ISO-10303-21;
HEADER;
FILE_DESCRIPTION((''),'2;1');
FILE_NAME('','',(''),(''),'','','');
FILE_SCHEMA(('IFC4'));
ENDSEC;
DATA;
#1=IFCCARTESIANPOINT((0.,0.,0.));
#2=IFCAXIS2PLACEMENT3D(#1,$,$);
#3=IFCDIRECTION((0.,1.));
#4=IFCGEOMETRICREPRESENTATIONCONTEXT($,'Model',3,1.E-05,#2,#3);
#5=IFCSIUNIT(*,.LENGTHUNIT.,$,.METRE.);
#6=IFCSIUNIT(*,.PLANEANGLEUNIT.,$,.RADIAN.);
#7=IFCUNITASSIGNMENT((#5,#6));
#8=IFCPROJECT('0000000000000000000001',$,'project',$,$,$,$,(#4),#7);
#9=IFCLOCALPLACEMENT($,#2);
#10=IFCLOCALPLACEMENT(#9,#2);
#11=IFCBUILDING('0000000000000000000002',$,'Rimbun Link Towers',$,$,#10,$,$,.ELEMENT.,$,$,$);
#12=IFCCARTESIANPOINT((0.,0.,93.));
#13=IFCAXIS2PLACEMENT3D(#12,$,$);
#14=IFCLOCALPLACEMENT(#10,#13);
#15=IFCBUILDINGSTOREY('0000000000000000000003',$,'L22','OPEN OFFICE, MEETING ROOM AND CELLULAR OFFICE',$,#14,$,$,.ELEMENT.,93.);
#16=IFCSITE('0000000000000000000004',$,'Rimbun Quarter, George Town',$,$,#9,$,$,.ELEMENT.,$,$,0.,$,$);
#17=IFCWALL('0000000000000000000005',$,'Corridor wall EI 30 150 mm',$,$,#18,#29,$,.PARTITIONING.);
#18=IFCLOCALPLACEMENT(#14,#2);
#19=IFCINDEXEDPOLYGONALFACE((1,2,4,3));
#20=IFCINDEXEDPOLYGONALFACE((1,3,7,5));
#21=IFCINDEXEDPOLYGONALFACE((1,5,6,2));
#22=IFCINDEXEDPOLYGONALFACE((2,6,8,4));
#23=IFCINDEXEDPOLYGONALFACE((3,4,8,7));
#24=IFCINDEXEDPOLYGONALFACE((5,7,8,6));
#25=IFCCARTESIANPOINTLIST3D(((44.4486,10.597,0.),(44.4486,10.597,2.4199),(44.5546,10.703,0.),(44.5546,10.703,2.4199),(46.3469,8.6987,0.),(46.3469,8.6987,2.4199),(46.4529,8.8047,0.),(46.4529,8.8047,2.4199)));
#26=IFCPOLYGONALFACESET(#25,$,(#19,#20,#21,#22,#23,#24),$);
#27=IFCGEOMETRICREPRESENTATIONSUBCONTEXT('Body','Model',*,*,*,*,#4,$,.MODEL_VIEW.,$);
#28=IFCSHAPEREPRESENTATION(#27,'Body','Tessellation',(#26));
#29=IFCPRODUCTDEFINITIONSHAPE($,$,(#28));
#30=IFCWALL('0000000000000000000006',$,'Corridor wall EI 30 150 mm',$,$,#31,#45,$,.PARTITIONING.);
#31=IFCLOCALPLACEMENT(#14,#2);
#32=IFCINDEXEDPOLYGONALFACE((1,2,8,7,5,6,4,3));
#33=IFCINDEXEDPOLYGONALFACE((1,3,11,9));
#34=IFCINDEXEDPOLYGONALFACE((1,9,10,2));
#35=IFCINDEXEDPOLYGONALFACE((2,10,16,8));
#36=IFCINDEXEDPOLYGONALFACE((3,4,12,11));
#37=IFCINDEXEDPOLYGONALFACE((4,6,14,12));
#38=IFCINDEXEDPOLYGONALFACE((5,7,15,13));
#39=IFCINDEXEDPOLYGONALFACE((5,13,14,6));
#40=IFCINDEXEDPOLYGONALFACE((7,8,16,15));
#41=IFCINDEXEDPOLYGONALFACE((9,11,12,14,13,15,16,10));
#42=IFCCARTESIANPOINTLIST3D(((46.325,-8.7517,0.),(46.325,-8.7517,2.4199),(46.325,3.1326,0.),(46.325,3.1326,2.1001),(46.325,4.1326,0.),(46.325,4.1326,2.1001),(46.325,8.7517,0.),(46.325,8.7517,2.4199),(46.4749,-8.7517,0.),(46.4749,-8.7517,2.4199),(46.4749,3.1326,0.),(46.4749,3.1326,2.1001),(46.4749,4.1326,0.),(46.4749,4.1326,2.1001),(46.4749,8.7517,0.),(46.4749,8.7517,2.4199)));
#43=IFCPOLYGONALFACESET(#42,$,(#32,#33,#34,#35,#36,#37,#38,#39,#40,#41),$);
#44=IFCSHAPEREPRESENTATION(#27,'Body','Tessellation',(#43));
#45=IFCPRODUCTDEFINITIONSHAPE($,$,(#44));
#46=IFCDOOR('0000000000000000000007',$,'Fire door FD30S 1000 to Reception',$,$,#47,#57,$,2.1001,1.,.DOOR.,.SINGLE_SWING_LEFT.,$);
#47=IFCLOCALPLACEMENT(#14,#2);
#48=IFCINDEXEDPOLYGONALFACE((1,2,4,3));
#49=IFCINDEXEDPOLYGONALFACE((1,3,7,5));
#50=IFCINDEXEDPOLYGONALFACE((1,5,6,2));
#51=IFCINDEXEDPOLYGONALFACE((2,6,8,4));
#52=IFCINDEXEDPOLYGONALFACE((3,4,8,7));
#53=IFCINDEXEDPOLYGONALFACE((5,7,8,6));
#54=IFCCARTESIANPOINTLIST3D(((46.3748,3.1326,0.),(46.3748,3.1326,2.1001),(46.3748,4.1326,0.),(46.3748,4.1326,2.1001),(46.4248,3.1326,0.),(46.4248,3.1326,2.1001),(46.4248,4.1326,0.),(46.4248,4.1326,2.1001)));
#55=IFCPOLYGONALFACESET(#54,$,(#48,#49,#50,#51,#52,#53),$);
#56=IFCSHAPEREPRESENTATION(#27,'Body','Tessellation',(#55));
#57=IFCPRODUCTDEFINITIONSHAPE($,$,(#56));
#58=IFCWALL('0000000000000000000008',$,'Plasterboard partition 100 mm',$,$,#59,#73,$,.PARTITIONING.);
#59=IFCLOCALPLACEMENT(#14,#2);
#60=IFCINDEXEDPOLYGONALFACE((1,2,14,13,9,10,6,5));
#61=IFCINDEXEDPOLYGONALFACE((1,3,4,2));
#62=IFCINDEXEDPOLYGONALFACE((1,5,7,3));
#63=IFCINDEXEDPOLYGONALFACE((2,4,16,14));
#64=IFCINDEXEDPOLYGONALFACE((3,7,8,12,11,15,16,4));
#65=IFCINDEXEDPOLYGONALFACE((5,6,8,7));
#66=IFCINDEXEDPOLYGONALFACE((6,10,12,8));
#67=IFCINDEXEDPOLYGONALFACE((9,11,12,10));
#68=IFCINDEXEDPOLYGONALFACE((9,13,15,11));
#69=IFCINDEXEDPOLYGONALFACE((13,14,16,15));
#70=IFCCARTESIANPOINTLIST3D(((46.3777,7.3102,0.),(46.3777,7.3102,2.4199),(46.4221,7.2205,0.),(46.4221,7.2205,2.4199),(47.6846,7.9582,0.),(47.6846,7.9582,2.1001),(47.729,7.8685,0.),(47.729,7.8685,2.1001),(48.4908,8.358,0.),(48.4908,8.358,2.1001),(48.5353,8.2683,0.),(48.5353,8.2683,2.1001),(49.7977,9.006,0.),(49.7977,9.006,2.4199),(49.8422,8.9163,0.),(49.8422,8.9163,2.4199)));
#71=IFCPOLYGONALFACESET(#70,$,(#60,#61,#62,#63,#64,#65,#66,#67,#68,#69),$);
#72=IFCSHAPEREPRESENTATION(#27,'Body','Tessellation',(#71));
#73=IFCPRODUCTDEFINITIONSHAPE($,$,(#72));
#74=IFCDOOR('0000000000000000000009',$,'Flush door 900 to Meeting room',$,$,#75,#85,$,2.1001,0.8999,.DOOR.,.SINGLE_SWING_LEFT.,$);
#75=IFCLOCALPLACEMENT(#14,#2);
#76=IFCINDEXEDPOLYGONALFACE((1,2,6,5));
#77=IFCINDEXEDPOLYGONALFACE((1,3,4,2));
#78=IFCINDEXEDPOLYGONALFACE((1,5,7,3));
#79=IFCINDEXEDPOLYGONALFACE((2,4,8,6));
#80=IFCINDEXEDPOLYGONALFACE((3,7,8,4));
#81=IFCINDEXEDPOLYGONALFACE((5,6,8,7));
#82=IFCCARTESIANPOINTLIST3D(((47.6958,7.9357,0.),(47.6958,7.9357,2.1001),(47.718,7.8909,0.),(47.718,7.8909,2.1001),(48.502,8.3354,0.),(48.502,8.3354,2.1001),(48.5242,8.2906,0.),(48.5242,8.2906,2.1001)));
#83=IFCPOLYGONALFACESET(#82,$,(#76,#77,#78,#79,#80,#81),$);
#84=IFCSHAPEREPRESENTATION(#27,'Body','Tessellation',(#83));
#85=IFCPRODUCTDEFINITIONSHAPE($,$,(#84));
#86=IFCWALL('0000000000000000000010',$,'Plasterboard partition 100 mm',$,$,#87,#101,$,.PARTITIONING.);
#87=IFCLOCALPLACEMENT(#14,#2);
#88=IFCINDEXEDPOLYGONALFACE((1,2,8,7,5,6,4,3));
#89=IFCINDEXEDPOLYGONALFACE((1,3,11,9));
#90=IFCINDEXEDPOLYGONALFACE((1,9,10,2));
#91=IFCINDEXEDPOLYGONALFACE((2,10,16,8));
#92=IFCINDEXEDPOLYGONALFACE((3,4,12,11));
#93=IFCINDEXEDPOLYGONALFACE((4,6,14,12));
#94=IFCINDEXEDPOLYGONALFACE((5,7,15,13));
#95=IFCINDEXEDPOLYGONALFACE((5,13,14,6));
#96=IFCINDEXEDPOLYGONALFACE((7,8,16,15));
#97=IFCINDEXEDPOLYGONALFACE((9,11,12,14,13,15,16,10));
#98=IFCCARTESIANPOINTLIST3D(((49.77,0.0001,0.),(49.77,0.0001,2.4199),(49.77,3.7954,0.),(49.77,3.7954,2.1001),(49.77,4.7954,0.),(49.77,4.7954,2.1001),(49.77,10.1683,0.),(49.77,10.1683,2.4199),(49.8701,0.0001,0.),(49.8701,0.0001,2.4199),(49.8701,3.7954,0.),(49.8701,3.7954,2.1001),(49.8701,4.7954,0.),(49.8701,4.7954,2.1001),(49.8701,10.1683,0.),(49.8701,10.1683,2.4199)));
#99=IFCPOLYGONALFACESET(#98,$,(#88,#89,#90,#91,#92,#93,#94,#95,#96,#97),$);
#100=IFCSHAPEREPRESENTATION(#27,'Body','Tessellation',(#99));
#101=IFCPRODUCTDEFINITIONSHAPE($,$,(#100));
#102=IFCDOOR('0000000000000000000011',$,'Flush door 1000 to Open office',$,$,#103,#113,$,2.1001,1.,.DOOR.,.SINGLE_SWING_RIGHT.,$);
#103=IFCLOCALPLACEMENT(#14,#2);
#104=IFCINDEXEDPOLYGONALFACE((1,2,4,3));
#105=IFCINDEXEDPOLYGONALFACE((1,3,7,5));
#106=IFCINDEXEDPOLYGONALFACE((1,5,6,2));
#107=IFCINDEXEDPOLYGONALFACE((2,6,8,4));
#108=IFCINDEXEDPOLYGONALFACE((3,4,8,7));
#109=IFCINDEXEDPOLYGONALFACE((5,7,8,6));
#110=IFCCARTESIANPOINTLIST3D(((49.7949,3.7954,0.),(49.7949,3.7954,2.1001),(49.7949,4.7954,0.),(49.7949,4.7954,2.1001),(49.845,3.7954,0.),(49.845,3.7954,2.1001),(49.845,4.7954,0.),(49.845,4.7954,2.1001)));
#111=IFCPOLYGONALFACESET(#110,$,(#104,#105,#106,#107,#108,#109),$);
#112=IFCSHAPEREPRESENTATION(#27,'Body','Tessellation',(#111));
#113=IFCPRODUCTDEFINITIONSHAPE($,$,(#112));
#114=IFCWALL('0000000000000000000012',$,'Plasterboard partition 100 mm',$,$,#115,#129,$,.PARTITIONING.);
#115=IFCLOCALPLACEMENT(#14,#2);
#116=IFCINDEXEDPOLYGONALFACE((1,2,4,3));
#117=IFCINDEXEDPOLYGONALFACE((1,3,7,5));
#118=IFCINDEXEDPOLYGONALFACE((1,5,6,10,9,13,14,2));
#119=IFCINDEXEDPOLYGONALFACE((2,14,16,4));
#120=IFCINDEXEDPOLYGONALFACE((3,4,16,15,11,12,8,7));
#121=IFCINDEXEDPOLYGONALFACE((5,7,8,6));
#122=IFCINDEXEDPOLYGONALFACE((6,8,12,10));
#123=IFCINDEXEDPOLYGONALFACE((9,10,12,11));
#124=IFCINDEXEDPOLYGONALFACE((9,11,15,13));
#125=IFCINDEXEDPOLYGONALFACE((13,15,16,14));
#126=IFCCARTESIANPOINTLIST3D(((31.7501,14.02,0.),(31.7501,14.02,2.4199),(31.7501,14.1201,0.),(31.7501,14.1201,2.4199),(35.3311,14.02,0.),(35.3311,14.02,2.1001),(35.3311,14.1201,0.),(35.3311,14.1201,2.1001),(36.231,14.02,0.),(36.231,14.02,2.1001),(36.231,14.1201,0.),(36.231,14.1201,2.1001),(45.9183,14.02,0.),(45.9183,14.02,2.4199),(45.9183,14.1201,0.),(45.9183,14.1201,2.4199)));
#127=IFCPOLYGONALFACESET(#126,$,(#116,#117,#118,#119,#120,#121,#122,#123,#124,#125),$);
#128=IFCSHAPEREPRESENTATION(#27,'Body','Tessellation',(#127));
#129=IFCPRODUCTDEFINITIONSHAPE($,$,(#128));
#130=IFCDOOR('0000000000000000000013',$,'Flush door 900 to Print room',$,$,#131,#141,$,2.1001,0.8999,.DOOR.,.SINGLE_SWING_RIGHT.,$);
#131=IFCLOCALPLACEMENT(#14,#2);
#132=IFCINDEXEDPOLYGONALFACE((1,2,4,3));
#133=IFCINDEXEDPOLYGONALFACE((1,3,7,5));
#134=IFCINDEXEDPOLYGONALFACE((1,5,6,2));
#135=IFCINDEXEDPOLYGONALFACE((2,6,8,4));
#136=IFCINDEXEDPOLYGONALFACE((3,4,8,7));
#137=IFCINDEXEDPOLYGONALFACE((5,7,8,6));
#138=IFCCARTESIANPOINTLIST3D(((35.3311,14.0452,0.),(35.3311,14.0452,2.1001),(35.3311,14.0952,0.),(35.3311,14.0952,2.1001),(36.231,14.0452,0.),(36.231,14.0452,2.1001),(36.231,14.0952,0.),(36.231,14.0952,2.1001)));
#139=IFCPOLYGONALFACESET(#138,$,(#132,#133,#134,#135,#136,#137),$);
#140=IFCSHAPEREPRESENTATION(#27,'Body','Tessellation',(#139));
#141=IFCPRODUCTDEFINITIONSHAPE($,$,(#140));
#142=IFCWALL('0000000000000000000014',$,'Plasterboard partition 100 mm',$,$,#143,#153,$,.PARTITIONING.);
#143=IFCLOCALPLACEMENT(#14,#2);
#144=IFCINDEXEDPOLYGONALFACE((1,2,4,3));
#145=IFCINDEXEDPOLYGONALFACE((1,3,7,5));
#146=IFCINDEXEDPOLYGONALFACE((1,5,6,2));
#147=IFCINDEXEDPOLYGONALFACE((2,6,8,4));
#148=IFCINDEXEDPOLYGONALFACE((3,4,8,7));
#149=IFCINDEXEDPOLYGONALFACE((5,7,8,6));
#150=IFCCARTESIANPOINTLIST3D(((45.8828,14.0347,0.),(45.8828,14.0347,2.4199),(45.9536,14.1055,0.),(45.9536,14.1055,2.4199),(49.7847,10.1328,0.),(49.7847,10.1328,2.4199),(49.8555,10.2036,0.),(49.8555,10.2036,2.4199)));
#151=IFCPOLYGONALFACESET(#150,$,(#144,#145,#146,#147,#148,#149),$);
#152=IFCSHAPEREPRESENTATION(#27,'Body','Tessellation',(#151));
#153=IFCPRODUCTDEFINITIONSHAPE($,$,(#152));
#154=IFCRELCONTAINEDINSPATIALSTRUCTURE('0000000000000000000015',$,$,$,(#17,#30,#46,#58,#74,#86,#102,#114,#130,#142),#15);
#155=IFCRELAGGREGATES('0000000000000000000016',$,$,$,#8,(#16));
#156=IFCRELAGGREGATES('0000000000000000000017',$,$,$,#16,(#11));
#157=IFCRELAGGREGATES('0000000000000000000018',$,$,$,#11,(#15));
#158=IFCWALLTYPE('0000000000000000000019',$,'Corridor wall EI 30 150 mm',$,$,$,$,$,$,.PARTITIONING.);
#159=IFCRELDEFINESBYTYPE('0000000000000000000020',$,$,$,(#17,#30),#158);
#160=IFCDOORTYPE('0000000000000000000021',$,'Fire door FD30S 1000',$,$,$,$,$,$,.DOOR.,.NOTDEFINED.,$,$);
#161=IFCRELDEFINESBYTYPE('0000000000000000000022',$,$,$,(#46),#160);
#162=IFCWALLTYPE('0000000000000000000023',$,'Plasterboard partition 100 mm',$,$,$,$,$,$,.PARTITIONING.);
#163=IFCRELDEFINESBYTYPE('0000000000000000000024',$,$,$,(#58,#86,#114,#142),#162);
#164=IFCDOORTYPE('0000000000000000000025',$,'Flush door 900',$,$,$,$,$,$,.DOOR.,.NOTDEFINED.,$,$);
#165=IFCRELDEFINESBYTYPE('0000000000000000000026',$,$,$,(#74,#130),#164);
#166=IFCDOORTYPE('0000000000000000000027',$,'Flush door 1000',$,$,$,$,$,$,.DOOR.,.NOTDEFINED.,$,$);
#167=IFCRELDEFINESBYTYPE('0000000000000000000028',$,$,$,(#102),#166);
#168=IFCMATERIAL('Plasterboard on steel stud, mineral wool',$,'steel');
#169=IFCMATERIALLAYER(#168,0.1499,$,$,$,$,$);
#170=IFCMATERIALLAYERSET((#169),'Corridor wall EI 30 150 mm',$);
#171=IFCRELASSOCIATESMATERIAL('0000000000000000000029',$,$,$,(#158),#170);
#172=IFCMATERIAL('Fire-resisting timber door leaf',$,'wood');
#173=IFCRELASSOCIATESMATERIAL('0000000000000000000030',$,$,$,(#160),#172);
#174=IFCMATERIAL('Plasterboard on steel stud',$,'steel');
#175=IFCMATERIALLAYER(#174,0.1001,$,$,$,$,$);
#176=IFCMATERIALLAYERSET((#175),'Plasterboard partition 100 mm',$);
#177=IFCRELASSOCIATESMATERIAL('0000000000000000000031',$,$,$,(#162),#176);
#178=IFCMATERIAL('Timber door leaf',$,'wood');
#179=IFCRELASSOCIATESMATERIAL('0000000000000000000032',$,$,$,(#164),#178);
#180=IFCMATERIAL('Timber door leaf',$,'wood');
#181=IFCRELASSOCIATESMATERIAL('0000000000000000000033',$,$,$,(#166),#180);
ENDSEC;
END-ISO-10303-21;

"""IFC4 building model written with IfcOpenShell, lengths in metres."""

from ifc_helpers import new_model, si_unit, direction, frame, frame_2d, origin, place, context, subcontext, project, spatial, rectangle, extrude, material, layer, layer_set, type_object, element, fill, save


model = new_model("IFC4")

# Units and contexts
model_context = context("Model", 3, precision=1e-05, world=origin(), true_north=direction((0.0, 1.0)))
body_context = subcontext(model_context, "Body", "Model", "MODEL_VIEW")
ifc_project = project(units=[si_unit("LENGTHUNIT", "METRE"), si_unit("PLANEANGLEUNIT", "RADIAN")], contexts=[model_context])

# Site, building, storey
site_placement = place(None, origin())
site = spatial("IfcSite", under=ifc_project, at=site_placement, Name="Rimbun Quarter, George Town", CompositionType="ELEMENT", RefElevation=0.0)
building_placement = place(site_placement, origin())
building = spatial("IfcBuilding", under=site, at=building_placement, Name="Rimbun Link Towers", CompositionType="ELEMENT")
storey_placement = place(building_placement, frame((0.0, 0.0, 93.0)))
storey = spatial("IfcBuildingStorey", under=building, at=storey_placement, Name="L22", Description="OPEN OFFICE, MEETING ROOM AND CELLULAR OFFICE", CompositionType="ELEMENT", Elevation=93.0)

# Wall
ifc_material_1 = material(Name="Plasterboard on steel stud, mineral wool", Category="steel")
ifc_layer_1 = layer(ifc_material_1, 0.1499)
ifc_layer_set_1 = layer_set([ifc_layer_1], Name="Corridor wall EI 30 150 mm")
wall_type_1 = type_object("IfcWallType", Name="Corridor wall EI 30 150 mm", PredefinedType="PARTITIONING", material=ifc_layer_set_1)
wall_1_placement = place(storey_placement, frame((46.3999, 8.7517, 0.0), z_axis=(0.0, 0.0, 1.0), x_axis=(-0.707107, 0.707107, 0.0)))
element("IfcWall", 1, at=wall_1_placement, inside=storey, type_object=wall_type_1, Name="Corridor wall EI 30 150 mm", PredefinedType="PARTITIONING", context=body_context, shape_type="SweptSolid", body=[
    extrude(rectangle(XDim=2.6846, YDim=0.1499, at=frame_2d((1.3423, 0.0))), origin(), (0.0, 0.0, 1.0), 2.4199),
])

# Walls, openings, doors
wall_2_placement = place(storey_placement, frame((46.3999, 8.7517, 0.0), z_axis=(0.0, 0.0, 1.0), x_axis=(0.0, -1.0, 0.0)))
wall_2 = element("IfcWall", 2, at=wall_2_placement, inside=storey, type_object=wall_type_1, Name="Corridor wall EI 30 150 mm", PredefinedType="PARTITIONING", context=body_context, shape_type="SweptSolid", body=[
    extrude(rectangle(XDim=17.5034, YDim=0.1499, at=frame_2d((8.7517, 0.0))), origin(), (0.0, 0.0, 1.0), 2.4199),
])
opening_1_placement = place(wall_2_placement, frame((4.6191, 0.0, 0.0)))
opening_1 = element("IfcOpeningElement", 3, at=opening_1_placement, cuts=wall_2, PredefinedType="OPENING", context=body_context, shape_type="SweptSolid", body=[
    extrude(rectangle(XDim=1.0, YDim=2.1001, at=frame_2d((0.5, 1.05))), frame((0.0, 0.085, 0.0), z_axis=(0.0, -1.0, 0.0), x_axis=(1.0, 0.0, 0.0)), (0.0, 0.0, 1.0), 0.1699),
])
ifc_material_2 = material(Name="Fire-resisting timber door leaf", Category="wood")
door_type_1 = type_object("IfcDoorType", Name="Fire door FD30S 1000", OperationType="NOTDEFINED", PredefinedType="DOOR", material=ifc_material_2)
door_1_placement = place(opening_1_placement, origin())
door_1 = element("IfcDoor", 4, at=door_1_placement, inside=storey, type_object=door_type_1, Name="Fire door FD30S 1000 to Reception", OperationType="SINGLE_SWING_LEFT", OverallHeight=2.1001, OverallWidth=1.0, PredefinedType="DOOR", context=body_context, shape_type="SweptSolid", body=[
    extrude(rectangle(XDim=1.0, YDim=2.1001, at=frame_2d((0.5, 1.05))), frame((0.0, 0.0249, 0.0), z_axis=(0.0, -1.0, 0.0), x_axis=(1.0, 0.0, 0.0)), (0.0, 0.0, 1.0), 0.05),
])
fill(opening_1, door_1)
ifc_material_3 = material(Name="Plasterboard on steel stud", Category="steel")
ifc_layer_2 = layer(ifc_material_3, 0.1001)
ifc_layer_set_2 = layer_set([ifc_layer_2], Name="Plasterboard partition 100 mm")
wall_type_2 = type_object("IfcWallType", Name="Plasterboard partition 100 mm", PredefinedType="PARTITIONING", material=ifc_layer_set_2)
wall_3_placement = place(storey_placement, frame((46.3999, 7.2654, 0.0), z_axis=(0.0, 0.0, 1.0), x_axis=(0.895919, 0.444218, 0.0)))
wall_3 = element("IfcWall", 5, at=wall_3_placement, inside=storey, type_object=wall_type_2, Name="Plasterboard partition 100 mm", PredefinedType="PARTITIONING", context=body_context, shape_type="SweptSolid", body=[
    extrude(rectangle(XDim=3.8174, YDim=0.1001, at=frame_2d((1.9087, 0.0))), origin(), (0.0, 0.0, 1.0), 2.4199),
])
opening_2_placement = place(wall_3_placement, frame((1.4587, 0.0, 0.0)))
opening_2 = element("IfcOpeningElement", 6, at=opening_2_placement, cuts=wall_3, PredefinedType="OPENING", context=body_context, shape_type="SweptSolid", body=[
    extrude(rectangle(XDim=0.8999, YDim=2.1001, at=frame_2d((0.45, 1.05))), frame((0.0, 0.0601, 0.0), z_axis=(0.0, -1.0, 0.0), x_axis=(1.0, 0.0, 0.0)), (0.0, 0.0, 1.0), 0.1201),
])
ifc_material_4 = material(Name="Timber door leaf", Category="wood")
door_type_2 = type_object("IfcDoorType", Name="Flush door 900", OperationType="NOTDEFINED", PredefinedType="DOOR", material=ifc_material_4)
door_2_placement = place(opening_2_placement, origin())
door_2 = element("IfcDoor", 7, at=door_2_placement, inside=storey, type_object=door_type_2, Name="Flush door 900 to Meeting room", OperationType="SINGLE_SWING_LEFT", OverallHeight=2.1001, OverallWidth=0.8999, PredefinedType="DOOR", context=body_context, shape_type="SweptSolid", body=[
    extrude(rectangle(XDim=0.8999, YDim=2.1001, at=frame_2d((0.45, 1.05))), frame((0.0, 0.0249, 0.0), z_axis=(0.0, -1.0, 0.0), x_axis=(1.0, 0.0, 0.0)), (0.0, 0.0, 1.0), 0.05),
])
fill(opening_2, door_2)
wall_4_placement = place(storey_placement, frame((49.8201, 10.1682, 0.0), z_axis=(0.0, 0.0, 1.0), x_axis=(0.0, -1.0, 0.0)))
wall_4 = element("IfcWall", 8, at=wall_4_placement, inside=storey, type_object=wall_type_2, Name="Plasterboard partition 100 mm", PredefinedType="PARTITIONING", context=body_context, shape_type="SweptSolid", body=[
    extrude(rectangle(XDim=10.1682, YDim=0.1001, at=frame_2d((5.084, 0.0))), origin(), (0.0, 0.0, 1.0), 2.4199),
])
opening_3_placement = place(wall_4_placement, frame((5.3728, 0.0, 0.0)))
opening_3 = element("IfcOpeningElement", 9, at=opening_3_placement, cuts=wall_4, PredefinedType="OPENING", context=body_context, shape_type="SweptSolid", body=[
    extrude(rectangle(XDim=1.0, YDim=2.1001, at=frame_2d((0.5, 1.05))), frame((0.0, 0.0601, 0.0), z_axis=(0.0, -1.0, 0.0), x_axis=(1.0, 0.0, 0.0)), (0.0, 0.0, 1.0), 0.1201),
])
ifc_material_5 = material(Name="Timber door leaf", Category="wood")
door_type_3 = type_object("IfcDoorType", Name="Flush door 1000", OperationType="NOTDEFINED", PredefinedType="DOOR", material=ifc_material_5)
door_3_placement = place(opening_3_placement, origin())
door_3 = element("IfcDoor", 10, at=door_3_placement, inside=storey, type_object=door_type_3, Name="Flush door 1000 to Open office", OperationType="SINGLE_SWING_RIGHT", OverallHeight=2.1001, OverallWidth=1.0, PredefinedType="DOOR", context=body_context, shape_type="SweptSolid", body=[
    extrude(rectangle(XDim=1.0, YDim=2.1001, at=frame_2d((0.5, 1.05))), frame((0.0, 0.0249, 0.0), z_axis=(0.0, -1.0, 0.0), x_axis=(1.0, 0.0, 0.0)), (0.0, 0.0, 1.0), 0.05),
])
fill(opening_3, door_3)
wall_5_placement = place(storey_placement, frame((45.9182, 14.0701, 0.0), z_axis=(0.0, 0.0, 1.0), x_axis=(-1.0, 0.0, 0.0)))
wall_5 = element("IfcWall", 11, at=wall_5_placement, inside=storey, type_object=wall_type_2, Name="Plasterboard partition 100 mm", PredefinedType="PARTITIONING", context=body_context, shape_type="SweptSolid", body=[
    extrude(rectangle(XDim=14.1682, YDim=0.1001, at=frame_2d((7.084, 0.0))), origin(), (0.0, 0.0, 1.0), 2.4199),
])
opening_4_placement = place(wall_5_placement, frame((9.6873, 0.0, 0.0)))
opening_4 = element("IfcOpeningElement", 12, at=opening_4_placement, cuts=wall_5, PredefinedType="OPENING", context=body_context, shape_type="SweptSolid", body=[
    extrude(rectangle(XDim=0.8999, YDim=2.1001, at=frame_2d((0.45, 1.05))), frame((0.0, 0.0601, 0.0), z_axis=(0.0, -1.0, 0.0), x_axis=(1.0, 0.0, 0.0)), (0.0, 0.0, 1.0), 0.1201),
])
door_4_placement = place(opening_4_placement, origin())
door_4 = element("IfcDoor", 13, at=door_4_placement, inside=storey, type_object=door_type_2, Name="Flush door 900 to Print room", OperationType="SINGLE_SWING_RIGHT", OverallHeight=2.1001, OverallWidth=0.8999, PredefinedType="DOOR", context=body_context, shape_type="SweptSolid", body=[
    extrude(rectangle(XDim=0.8999, YDim=2.1001, at=frame_2d((0.45, 1.05))), frame((0.0, 0.0249, 0.0), z_axis=(0.0, -1.0, 0.0), x_axis=(1.0, 0.0, 0.0)), (0.0, 0.0, 1.0), 0.05),
])
fill(opening_4, door_4)

# Wall
wall_6_placement = place(storey_placement, frame((49.8201, 10.1682, 0.0), z_axis=(0.0, 0.0, 1.0), x_axis=(-0.707107, 0.707107, 0.0)))
element("IfcWall", 14, at=wall_6_placement, inside=storey, type_object=wall_type_2, Name="Plasterboard partition 100 mm", PredefinedType="PARTITIONING", context=body_context, shape_type="SweptSolid", body=[
    extrude(rectangle(XDim=5.5181, YDim=0.1001, at=frame_2d((2.759, 0.0))), origin(), (0.0, 0.0, 1.0), 2.4199),
])

save(model, "model.ifc")
